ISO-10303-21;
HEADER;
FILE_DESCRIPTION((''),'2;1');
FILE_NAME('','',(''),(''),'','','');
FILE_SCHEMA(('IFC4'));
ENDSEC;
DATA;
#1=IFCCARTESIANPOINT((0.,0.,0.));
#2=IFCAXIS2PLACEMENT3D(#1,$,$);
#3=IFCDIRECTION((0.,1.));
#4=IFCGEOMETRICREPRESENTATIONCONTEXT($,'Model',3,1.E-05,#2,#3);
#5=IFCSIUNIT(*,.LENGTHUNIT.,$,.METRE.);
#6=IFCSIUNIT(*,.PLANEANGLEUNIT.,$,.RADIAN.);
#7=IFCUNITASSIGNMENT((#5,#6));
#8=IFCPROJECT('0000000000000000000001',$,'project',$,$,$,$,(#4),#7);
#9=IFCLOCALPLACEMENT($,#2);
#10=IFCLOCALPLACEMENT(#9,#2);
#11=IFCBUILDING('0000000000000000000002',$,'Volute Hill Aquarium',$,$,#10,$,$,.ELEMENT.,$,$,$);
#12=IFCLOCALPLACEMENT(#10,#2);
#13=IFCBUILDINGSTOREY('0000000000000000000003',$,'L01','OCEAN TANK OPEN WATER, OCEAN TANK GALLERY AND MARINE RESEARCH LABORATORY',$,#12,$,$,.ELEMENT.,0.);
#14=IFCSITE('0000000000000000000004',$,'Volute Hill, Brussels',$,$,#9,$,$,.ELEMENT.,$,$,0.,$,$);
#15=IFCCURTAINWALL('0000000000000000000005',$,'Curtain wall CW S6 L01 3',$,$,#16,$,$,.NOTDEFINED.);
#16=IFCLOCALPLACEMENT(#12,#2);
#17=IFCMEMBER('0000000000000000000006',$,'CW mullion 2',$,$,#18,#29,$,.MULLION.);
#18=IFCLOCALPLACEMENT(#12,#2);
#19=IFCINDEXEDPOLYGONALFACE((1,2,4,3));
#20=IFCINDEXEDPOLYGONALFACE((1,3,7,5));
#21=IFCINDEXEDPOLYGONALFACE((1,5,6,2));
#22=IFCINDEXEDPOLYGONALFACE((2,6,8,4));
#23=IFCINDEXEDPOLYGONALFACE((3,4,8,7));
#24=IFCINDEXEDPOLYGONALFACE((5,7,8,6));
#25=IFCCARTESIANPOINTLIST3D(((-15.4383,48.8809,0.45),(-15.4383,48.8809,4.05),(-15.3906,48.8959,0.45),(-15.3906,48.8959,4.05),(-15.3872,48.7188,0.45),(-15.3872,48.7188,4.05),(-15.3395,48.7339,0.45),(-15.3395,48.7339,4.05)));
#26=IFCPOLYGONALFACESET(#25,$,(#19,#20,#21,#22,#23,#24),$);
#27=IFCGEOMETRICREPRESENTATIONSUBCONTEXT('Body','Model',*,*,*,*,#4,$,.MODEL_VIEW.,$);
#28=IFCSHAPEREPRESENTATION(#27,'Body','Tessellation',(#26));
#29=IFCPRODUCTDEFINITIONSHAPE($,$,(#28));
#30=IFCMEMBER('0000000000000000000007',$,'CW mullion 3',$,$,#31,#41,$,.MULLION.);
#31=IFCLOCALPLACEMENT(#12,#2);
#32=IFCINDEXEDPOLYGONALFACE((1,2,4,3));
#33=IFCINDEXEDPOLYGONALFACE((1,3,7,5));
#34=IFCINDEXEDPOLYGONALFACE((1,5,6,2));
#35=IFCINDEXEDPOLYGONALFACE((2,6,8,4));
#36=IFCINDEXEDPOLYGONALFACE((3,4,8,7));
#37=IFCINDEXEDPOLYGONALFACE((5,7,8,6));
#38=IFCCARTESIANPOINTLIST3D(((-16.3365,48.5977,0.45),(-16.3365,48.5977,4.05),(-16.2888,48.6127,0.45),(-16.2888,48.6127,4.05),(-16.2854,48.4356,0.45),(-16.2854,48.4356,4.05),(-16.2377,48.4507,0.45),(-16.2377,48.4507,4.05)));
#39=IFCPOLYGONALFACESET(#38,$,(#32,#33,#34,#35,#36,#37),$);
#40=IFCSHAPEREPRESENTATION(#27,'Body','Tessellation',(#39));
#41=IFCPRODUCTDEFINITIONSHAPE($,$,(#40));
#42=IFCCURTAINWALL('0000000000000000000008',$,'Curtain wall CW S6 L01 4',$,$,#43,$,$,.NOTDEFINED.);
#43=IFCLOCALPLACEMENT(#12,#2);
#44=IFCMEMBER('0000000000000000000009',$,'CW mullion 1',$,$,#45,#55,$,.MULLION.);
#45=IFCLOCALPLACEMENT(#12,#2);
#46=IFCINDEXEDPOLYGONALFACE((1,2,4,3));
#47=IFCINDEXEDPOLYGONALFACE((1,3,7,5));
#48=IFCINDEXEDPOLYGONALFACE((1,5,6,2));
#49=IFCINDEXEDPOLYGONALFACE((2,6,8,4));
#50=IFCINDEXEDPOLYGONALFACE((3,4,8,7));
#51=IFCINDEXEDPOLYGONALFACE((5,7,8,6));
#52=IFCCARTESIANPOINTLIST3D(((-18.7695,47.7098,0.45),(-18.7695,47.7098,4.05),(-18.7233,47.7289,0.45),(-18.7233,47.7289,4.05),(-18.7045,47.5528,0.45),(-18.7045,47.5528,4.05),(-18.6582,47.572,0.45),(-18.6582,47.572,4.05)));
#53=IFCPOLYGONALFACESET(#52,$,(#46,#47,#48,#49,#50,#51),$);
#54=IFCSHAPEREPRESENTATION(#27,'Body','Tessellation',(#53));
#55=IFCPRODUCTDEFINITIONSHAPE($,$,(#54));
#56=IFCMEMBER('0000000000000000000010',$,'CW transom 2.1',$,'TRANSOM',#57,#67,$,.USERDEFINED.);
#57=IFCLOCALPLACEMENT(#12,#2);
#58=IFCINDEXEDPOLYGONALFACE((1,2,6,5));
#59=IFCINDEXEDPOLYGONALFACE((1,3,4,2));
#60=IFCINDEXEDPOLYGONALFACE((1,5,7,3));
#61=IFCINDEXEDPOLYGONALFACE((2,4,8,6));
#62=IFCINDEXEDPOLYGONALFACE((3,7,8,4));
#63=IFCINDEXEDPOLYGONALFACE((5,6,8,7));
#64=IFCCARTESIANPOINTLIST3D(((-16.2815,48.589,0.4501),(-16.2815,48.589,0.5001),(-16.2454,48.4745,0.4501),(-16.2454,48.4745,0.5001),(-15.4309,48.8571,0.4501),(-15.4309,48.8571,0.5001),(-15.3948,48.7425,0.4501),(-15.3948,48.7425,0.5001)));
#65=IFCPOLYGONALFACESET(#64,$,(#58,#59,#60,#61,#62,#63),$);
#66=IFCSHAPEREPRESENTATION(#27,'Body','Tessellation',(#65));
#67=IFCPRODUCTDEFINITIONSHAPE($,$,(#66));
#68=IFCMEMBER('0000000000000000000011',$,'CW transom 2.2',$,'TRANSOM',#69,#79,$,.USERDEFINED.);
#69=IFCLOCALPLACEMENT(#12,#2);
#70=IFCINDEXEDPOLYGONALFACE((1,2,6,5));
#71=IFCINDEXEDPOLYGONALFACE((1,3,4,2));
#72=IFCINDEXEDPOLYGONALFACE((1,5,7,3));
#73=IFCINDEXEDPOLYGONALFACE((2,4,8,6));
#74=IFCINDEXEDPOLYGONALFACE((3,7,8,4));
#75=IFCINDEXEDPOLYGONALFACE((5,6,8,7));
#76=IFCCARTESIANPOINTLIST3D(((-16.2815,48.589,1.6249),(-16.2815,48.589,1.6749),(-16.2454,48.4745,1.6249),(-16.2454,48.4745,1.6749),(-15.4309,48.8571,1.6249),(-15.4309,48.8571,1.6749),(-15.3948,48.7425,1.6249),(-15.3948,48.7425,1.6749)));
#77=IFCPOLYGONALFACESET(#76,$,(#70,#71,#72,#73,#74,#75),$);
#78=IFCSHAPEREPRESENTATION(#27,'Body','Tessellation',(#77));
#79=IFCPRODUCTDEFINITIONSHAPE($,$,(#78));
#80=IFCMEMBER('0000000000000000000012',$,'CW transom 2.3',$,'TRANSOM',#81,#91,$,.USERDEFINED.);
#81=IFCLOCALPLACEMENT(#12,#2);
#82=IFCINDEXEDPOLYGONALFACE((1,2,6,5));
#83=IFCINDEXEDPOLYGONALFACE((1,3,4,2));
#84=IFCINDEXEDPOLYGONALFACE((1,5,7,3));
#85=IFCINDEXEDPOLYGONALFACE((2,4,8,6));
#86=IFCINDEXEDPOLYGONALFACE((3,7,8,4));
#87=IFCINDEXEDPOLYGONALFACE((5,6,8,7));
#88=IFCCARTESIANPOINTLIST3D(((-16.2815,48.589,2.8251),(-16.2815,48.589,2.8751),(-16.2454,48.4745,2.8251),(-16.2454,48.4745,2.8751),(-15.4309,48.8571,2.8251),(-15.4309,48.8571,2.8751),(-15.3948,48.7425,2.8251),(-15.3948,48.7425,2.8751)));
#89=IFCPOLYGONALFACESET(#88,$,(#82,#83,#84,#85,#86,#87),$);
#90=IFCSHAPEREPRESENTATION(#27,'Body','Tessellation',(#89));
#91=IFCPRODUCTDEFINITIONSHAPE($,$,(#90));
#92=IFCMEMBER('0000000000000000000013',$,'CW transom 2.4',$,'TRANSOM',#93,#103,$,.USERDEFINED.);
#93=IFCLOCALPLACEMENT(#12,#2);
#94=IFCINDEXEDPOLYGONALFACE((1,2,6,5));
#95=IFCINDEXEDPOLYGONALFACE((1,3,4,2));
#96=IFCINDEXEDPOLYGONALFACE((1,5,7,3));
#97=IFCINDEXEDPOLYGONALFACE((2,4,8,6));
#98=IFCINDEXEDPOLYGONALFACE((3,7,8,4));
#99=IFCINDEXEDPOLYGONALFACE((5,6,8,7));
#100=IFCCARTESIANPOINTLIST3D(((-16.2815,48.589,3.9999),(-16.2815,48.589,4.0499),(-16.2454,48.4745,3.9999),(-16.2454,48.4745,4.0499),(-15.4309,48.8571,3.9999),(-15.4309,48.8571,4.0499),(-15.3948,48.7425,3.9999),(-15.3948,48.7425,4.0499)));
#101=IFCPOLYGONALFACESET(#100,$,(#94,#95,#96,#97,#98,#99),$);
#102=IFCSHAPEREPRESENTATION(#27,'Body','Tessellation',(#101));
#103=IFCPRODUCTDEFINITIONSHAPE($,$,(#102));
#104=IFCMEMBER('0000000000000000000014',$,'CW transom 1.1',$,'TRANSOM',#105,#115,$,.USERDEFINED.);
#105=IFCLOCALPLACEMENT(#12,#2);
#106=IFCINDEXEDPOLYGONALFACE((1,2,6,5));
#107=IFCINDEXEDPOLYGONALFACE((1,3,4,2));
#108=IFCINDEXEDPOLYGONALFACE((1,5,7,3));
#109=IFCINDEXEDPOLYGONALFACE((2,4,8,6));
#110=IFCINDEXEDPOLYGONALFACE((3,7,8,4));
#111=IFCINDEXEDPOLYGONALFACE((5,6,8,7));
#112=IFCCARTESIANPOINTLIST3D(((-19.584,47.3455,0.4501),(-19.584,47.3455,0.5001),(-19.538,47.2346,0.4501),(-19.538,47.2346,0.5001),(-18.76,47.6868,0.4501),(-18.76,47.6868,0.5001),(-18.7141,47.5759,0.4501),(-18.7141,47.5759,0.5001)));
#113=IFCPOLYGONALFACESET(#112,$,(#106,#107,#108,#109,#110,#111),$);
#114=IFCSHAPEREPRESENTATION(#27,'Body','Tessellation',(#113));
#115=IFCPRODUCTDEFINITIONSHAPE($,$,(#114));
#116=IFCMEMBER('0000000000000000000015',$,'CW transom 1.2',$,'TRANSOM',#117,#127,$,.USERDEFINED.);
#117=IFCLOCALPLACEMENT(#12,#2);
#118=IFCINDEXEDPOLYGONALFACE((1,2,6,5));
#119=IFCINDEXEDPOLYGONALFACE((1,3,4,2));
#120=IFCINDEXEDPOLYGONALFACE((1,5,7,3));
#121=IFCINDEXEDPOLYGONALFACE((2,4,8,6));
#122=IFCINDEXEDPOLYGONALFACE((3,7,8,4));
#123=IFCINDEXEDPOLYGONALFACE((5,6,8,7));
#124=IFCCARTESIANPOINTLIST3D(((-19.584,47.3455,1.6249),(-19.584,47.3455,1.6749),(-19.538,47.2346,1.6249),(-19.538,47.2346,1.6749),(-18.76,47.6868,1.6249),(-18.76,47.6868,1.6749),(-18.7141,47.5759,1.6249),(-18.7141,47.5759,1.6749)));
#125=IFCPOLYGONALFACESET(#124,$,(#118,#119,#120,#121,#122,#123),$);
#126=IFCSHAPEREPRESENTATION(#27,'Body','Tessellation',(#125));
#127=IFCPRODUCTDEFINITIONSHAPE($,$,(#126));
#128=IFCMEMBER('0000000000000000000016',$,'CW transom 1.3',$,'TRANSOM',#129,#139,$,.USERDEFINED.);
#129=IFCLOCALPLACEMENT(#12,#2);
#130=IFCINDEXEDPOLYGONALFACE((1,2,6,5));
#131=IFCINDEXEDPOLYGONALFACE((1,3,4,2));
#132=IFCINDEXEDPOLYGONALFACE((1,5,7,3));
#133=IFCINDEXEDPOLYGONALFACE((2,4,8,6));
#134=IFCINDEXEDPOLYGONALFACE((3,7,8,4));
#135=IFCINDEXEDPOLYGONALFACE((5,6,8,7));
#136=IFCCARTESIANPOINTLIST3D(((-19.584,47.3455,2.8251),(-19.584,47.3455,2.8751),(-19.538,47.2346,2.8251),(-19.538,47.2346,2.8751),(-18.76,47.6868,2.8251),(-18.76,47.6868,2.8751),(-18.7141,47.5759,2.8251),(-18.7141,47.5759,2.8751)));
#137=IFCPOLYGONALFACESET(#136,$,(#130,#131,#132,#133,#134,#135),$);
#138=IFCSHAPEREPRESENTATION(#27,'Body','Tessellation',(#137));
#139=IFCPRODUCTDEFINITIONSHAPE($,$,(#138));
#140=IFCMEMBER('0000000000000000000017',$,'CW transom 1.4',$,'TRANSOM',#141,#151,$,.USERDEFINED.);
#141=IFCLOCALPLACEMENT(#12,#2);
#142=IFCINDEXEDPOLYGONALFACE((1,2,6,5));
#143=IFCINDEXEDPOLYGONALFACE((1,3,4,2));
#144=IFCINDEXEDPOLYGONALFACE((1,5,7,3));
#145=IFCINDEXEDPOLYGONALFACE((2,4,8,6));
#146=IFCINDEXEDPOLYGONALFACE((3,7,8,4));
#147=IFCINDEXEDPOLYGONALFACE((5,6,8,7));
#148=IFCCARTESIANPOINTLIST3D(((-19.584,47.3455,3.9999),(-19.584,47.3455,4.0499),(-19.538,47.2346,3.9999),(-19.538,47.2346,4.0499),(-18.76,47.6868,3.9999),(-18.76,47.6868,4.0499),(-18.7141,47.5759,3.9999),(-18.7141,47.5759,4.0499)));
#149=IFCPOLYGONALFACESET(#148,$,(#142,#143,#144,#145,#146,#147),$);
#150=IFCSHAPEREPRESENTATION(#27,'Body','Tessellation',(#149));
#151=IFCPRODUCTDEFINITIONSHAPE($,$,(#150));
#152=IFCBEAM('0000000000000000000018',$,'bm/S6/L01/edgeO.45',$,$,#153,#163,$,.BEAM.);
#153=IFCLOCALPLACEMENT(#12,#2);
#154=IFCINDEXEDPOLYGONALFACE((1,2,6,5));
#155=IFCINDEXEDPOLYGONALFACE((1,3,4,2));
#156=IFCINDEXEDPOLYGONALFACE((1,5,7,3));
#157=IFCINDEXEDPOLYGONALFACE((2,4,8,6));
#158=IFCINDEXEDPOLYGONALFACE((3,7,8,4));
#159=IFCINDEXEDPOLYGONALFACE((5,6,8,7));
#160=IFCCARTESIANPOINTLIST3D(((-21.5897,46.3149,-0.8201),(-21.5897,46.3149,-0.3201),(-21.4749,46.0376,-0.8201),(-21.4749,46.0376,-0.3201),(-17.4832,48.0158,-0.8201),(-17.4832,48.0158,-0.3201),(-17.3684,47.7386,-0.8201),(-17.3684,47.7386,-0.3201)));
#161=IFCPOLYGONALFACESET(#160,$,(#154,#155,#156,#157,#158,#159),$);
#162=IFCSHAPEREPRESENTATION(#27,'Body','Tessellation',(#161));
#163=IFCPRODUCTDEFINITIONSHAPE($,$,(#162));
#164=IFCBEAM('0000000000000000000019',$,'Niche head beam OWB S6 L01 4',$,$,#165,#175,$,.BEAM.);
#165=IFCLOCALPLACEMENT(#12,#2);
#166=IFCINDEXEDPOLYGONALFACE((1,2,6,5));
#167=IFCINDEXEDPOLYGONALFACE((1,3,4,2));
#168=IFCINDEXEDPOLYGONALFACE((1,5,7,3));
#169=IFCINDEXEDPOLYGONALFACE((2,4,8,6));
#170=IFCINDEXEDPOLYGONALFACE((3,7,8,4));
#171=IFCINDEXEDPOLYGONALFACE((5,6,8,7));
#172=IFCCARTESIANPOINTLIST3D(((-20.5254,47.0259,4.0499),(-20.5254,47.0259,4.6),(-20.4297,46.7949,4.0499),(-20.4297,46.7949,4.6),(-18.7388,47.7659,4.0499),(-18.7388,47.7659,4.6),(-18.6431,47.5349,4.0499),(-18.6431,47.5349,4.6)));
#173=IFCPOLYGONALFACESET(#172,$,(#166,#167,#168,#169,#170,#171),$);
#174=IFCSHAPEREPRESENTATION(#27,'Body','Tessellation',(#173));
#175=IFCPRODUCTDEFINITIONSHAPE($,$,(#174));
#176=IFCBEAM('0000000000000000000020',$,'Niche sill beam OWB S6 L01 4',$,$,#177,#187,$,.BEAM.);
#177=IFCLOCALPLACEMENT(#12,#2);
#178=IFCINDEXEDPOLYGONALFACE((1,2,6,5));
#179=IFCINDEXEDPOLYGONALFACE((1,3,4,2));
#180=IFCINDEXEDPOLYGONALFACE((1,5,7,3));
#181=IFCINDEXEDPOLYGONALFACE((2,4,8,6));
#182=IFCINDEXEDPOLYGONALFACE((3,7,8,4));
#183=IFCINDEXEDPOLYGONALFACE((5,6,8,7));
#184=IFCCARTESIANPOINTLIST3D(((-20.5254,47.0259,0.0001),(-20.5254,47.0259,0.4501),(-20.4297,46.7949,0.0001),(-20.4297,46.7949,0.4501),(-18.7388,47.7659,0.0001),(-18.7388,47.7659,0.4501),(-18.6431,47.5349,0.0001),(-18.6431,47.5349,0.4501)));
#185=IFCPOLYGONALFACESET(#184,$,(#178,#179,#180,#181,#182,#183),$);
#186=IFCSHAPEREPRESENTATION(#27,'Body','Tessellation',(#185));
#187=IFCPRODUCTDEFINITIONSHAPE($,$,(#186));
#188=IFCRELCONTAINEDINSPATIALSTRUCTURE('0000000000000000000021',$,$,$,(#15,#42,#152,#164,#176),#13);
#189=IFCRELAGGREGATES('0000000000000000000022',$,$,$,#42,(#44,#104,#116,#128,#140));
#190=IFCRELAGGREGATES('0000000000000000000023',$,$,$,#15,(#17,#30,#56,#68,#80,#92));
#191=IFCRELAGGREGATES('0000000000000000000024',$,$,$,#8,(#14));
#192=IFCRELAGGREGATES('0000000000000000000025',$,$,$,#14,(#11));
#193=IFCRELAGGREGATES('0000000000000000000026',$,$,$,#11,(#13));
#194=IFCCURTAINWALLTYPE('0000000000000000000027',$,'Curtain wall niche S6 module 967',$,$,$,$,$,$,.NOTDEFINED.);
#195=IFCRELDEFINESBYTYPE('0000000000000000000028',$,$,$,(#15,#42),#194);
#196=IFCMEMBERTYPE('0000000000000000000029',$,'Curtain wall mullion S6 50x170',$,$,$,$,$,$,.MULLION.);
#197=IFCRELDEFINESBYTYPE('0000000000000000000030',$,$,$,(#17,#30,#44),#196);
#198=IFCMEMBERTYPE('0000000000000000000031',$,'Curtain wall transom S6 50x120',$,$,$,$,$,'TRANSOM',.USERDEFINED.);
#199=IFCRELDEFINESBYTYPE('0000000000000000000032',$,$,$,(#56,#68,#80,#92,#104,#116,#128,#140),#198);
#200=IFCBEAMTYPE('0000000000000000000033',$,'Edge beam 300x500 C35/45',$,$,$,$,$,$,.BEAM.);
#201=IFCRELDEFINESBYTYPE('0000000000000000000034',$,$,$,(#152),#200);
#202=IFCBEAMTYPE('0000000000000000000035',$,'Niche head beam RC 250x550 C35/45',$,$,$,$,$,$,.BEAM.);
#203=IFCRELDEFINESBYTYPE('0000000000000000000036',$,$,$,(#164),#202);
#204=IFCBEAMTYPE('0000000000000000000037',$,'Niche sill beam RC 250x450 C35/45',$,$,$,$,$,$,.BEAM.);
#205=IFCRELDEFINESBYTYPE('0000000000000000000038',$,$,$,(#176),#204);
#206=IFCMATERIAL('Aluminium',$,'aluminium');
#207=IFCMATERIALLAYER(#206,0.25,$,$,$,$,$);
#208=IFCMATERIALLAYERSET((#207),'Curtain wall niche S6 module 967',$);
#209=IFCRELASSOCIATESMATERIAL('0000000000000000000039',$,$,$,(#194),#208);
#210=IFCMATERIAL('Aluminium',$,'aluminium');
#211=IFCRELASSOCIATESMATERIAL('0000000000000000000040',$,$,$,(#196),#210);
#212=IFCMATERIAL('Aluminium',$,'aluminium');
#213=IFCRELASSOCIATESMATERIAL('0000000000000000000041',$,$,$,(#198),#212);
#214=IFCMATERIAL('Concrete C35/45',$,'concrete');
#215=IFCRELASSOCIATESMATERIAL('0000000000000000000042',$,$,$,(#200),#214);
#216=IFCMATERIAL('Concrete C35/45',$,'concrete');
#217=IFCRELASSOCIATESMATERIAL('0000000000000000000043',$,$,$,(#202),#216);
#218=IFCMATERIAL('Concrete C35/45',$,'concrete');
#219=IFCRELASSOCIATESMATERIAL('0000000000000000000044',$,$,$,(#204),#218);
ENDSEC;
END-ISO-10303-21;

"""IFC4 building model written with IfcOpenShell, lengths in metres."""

from ifc_helpers import new_model, si_unit, direction, frame, origin, origin_2d, place, context, subcontext, project, spatial, rectangle, extrude, material, layer, layer_set, material_profile, profile_set, type_object, element, aggregate, save


model = new_model("IFC4")

# Units and contexts
model_context = context("Model", 3, precision=1e-05, world=origin(), true_north=direction((0.0, 1.0)))
body_context = subcontext(model_context, "Body", "Model", "MODEL_VIEW")
ifc_project = project(units=[si_unit("LENGTHUNIT", "METRE"), si_unit("PLANEANGLEUNIT", "RADIAN")], contexts=[model_context])

# Site, building, storey
site_placement = place(None, origin())
site = spatial("IfcSite", under=ifc_project, at=site_placement, Name="Volute Hill, Brussels", CompositionType="ELEMENT", RefElevation=0.0)
building_placement = place(site_placement, origin())
building = spatial("IfcBuilding", under=site, at=building_placement, Name="Volute Hill Aquarium", CompositionType="ELEMENT")
storey_placement = place(building_placement, origin())
storey = spatial("IfcBuildingStorey", under=building, at=storey_placement, Name="L01", Description="OCEAN TANK OPEN WATER, OCEAN TANK GALLERY AND MARINE RESEARCH LABORATORY", CompositionType="ELEMENT", Elevation=0.0)

# Curtain wall, members
ifc_material_1 = material(Name="Aluminium", Category="aluminium")
ifc_layer_1 = layer(ifc_material_1, 0.25)
ifc_layer_set_1 = layer_set([ifc_layer_1], Name="Curtain wall niche S6 module 967")
curtain_wall_type = type_object("IfcCurtainWallType", Name="Curtain wall niche S6 module 967", PredefinedType="NOTDEFINED", material=ifc_layer_set_1)
curtain_wall_1_placement = place(storey_placement, origin())
curtain_wall_1 = element("IfcCurtainWall", 1, at=curtain_wall_1_placement, inside=storey, type_object=curtain_wall_type, Name="Curtain wall CW S6 L01 3", PredefinedType="NOTDEFINED")
ifc_material_2 = material(Name="Aluminium", Category="aluminium")
ifc_material_profile_1 = material_profile(ifc_material_2, rectangle(XDim=0.1699, YDim=0.05, at=origin_2d()), Name="Curtain wall mullion S6 50x170")
ifc_profile_set_1 = profile_set([ifc_material_profile_1], Name="Aluminium")
member_type_1 = type_object("IfcMemberType", Name="Curtain wall mullion S6 50x170", PredefinedType="MULLION", material=ifc_profile_set_1)
member_1_placement = place(storey_placement, frame((-15.3889, 48.8074, 0.45), z_axis=(0.0, 0.0, 1.0), x_axis=(0.300706, -0.953717, 0.0)))
member_1 = element("IfcMember", 2, at=member_1_placement, type_object=member_type_1, Name="CW mullion 2", PredefinedType="MULLION", context=body_context, shape_type="SweptSolid", body=[
    extrude(rectangle(XDim=0.1699, YDim=0.05, at=origin_2d()), origin(), (0.0, 0.0, 1.0), 3.6001),
])
member_2_placement = place(storey_placement, frame((-16.2871, 48.5242, 0.45), z_axis=(0.0, 0.0, 1.0), x_axis=(0.300706, -0.953717, 0.0)))
member_2 = element("IfcMember", 3, at=member_2_placement, type_object=member_type_1, Name="CW mullion 3", PredefinedType="MULLION", context=body_context, shape_type="SweptSolid", body=[
    extrude(rectangle(XDim=0.1699, YDim=0.05, at=origin_2d()), origin(), (0.0, 0.0, 1.0), 3.6001),
])

# Curtain wall, member
curtain_wall_2_placement = place(storey_placement, origin())
curtain_wall_2 = element("IfcCurtainWall", 4, at=curtain_wall_2_placement, inside=storey, type_object=curtain_wall_type, Name="Curtain wall CW S6 L01 4", PredefinedType="NOTDEFINED")
member_3_placement = place(storey_placement, frame((-18.7139, 47.6409, 0.45), z_axis=(0.0, 0.0, 1.0), x_axis=(0.38268, -0.923881, 0.0)))
member_3 = element("IfcMember", 5, at=member_3_placement, type_object=member_type_1, Name="CW mullion 1", PredefinedType="MULLION", context=body_context, shape_type="SweptSolid", body=[
    extrude(rectangle(XDim=0.1699, YDim=0.05, at=origin_2d()), origin(), (0.0, 0.0, 1.0), 3.6001),
])

# Members
ifc_material_3 = material(Name="Aluminium", Category="aluminium")
ifc_material_profile_2 = material_profile(ifc_material_3, rectangle(XDim=0.1201, YDim=0.05, at=origin_2d()), Name="Curtain wall transom S6 50x120")
ifc_profile_set_2 = profile_set([ifc_material_profile_2], Name="Aluminium")
member_type_2 = type_object("IfcMemberType", Name="Curtain wall transom S6 50x120", ElementType="TRANSOM", PredefinedType="USERDEFINED", material=ifc_profile_set_2)
member_4_placement = place(storey_placement, frame((-15.4128, 48.7998, 0.4751), z_axis=(-0.953756, -0.300581, 0.0), x_axis=(0.300581, -0.953756, 0.0)))
member_4 = element("IfcMember", 6, at=member_4_placement, type_object=member_type_2, Name="CW transom 2.1", ObjectType="TRANSOM", PredefinedType="USERDEFINED", context=body_context, shape_type="SweptSolid", body=[
    extrude(rectangle(XDim=0.1201, YDim=0.05, at=origin_2d()), origin(), (0.0, 0.0, 1.0), 0.8918),
])
member_5_placement = place(storey_placement, frame((-15.4128, 48.7998, 1.6499), z_axis=(-0.953756, -0.300581, 0.0), x_axis=(0.300581, -0.953756, 0.0)))
member_5 = element("IfcMember", 7, at=member_5_placement, type_object=member_type_2, Name="CW transom 2.2", ObjectType="TRANSOM", PredefinedType="USERDEFINED", context=body_context, shape_type="SweptSolid", body=[
    extrude(rectangle(XDim=0.1201, YDim=0.05, at=origin_2d()), origin(), (0.0, 0.0, 1.0), 0.8918),
])
member_6_placement = place(storey_placement, frame((-15.4128, 48.7998, 2.8501), z_axis=(-0.953756, -0.300581, 0.0), x_axis=(0.300581, -0.953756, 0.0)))
member_6 = element("IfcMember", 8, at=member_6_placement, type_object=member_type_2, Name="CW transom 2.3", ObjectType="TRANSOM", PredefinedType="USERDEFINED", context=body_context, shape_type="SweptSolid", body=[
    extrude(rectangle(XDim=0.1201, YDim=0.05, at=origin_2d()), origin(), (0.0, 0.0, 1.0), 0.8918),
])
member_7_placement = place(storey_placement, frame((-15.4128, 48.7998, 4.0249), z_axis=(-0.953756, -0.300581, 0.0), x_axis=(0.300581, -0.953756, 0.0)))
member_7 = element("IfcMember", 9, at=member_7_placement, type_object=member_type_2, Name="CW transom 2.4", ObjectType="TRANSOM", PredefinedType="USERDEFINED", context=body_context, shape_type="SweptSolid", body=[
    extrude(rectangle(XDim=0.1201, YDim=0.05, at=origin_2d()), origin(), (0.0, 0.0, 1.0), 0.8918),
])
member_8_placement = place(storey_placement, frame((-18.7371, 47.6313, 0.4751), z_axis=(-0.923877, -0.38269, 0.0), x_axis=(0.38269, -0.923877, 0.0)))
member_8 = element("IfcMember", 10, at=member_8_placement, type_object=member_type_2, Name="CW transom 1.1", ObjectType="TRANSOM", PredefinedType="USERDEFINED", context=body_context, shape_type="SweptSolid", body=[
    extrude(rectangle(XDim=0.1201, YDim=0.05, at=origin_2d()), origin(), (0.0, 0.0, 1.0), 0.8918),
])
member_9_placement = place(storey_placement, frame((-18.7371, 47.6313, 1.6499), z_axis=(-0.923877, -0.38269, 0.0), x_axis=(0.38269, -0.923877, 0.0)))
member_9 = element("IfcMember", 11, at=member_9_placement, type_object=member_type_2, Name="CW transom 1.2", ObjectType="TRANSOM", PredefinedType="USERDEFINED", context=body_context, shape_type="SweptSolid", body=[
    extrude(rectangle(XDim=0.1201, YDim=0.05, at=origin_2d()), origin(), (0.0, 0.0, 1.0), 0.8918),
])
member_10_placement = place(storey_placement, frame((-18.7371, 47.6313, 2.8501), z_axis=(-0.923877, -0.38269, 0.0), x_axis=(0.38269, -0.923877, 0.0)))
member_10 = element("IfcMember", 12, at=member_10_placement, type_object=member_type_2, Name="CW transom 1.3", ObjectType="TRANSOM", PredefinedType="USERDEFINED", context=body_context, shape_type="SweptSolid", body=[
    extrude(rectangle(XDim=0.1201, YDim=0.05, at=origin_2d()), origin(), (0.0, 0.0, 1.0), 0.8918),
])
member_11_placement = place(storey_placement, frame((-18.7371, 47.6313, 4.0249), z_axis=(-0.923877, -0.38269, 0.0), x_axis=(0.38269, -0.923877, 0.0)))
member_11 = element("IfcMember", 13, at=member_11_placement, type_object=member_type_2, Name="CW transom 1.4", ObjectType="TRANSOM", PredefinedType="USERDEFINED", context=body_context, shape_type="SweptSolid", body=[
    extrude(rectangle(XDim=0.1201, YDim=0.05, at=origin_2d()), origin(), (0.0, 0.0, 1.0), 0.8918),
])
aggregate(curtain_wall_2, [member_3, member_8, member_9, member_10, member_11])

# Beams
ifc_material_4 = material(Name="Concrete C35/45", Category="concrete")
ifc_material_profile_3 = material_profile(ifc_material_4, rectangle(XDim=0.3, YDim=0.5, at=origin_2d()), Name="RC edge beam 300x500")
ifc_profile_set_3 = profile_set([ifc_material_profile_3], Name="Concrete C35/45")
beam_type_1 = type_object("IfcBeamType", Name="Edge beam 300x500 C35/45", PredefinedType="BEAM", material=ifc_profile_set_3)
beam_1_placement = place(storey_placement, frame((-17.4258, 47.8772, -0.5701), z_axis=(-0.923881, -0.38268, 0.0), x_axis=(0.38268, -0.923881, 0.0)))
element("IfcBeam", 14, at=beam_1_placement, inside=storey, type_object=beam_type_1, Name="bm/S6/L01/edgeO.45", PredefinedType="BEAM", context=body_context, shape_type="SweptSolid", body=[
    extrude(rectangle(XDim=0.3, YDim=0.5, at=origin_2d()), origin(), (0.0, 0.0, 1.0), 4.4448),
])
ifc_material_5 = material(Name="Concrete C35/45", Category="concrete")
ifc_material_profile_4 = material_profile(ifc_material_5, rectangle(XDim=0.25, YDim=0.55, at=origin_2d()), Name="RC beam 250x550")
ifc_profile_set_4 = profile_set([ifc_material_profile_4], Name="Concrete C35/45")
beam_type_2 = type_object("IfcBeamType", Name="Niche head beam RC 250x550 C35/45", PredefinedType="BEAM", material=ifc_profile_set_4)
beam_2_placement = place(storey_placement, frame((-18.6909, 47.6504, 4.325), z_axis=(-0.923889, -0.38266, 0.0), x_axis=(0.38266, -0.923889, 0.0)))
element("IfcBeam", 15, at=beam_2_placement, inside=storey, type_object=beam_type_2, Name="Niche head beam OWB S6 L01 4", PredefinedType="BEAM", context=body_context, shape_type="SweptSolid", body=[
    extrude(rectangle(XDim=0.25, YDim=0.55, at=origin_2d()), origin(), (0.0, 0.0, 1.0), 1.9338),
])
ifc_material_6 = material(Name="Concrete C35/45", Category="concrete")
ifc_material_profile_5 = material_profile(ifc_material_6, rectangle(XDim=0.25, YDim=0.45, at=origin_2d()), Name="RC beam 250x450")
ifc_profile_set_5 = profile_set([ifc_material_profile_5], Name="Concrete C35/45")
beam_type_3 = type_object("IfcBeamType", Name="Niche sill beam RC 250x450 C35/45", PredefinedType="BEAM", material=ifc_profile_set_5)
beam_3_placement = place(storey_placement, frame((-18.6909, 47.6504, 0.2251), z_axis=(-0.923889, -0.38266, 0.0), x_axis=(0.38266, -0.923889, 0.0)))
element("IfcBeam", 16, at=beam_3_placement, inside=storey, type_object=beam_type_3, Name="Niche sill beam OWB S6 L01 4", PredefinedType="BEAM", context=body_context, shape_type="SweptSolid", body=[
    extrude(rectangle(XDim=0.25, YDim=0.45, at=origin_2d()), origin(), (0.0, 0.0, 1.0), 1.9338),
])

aggregate(curtain_wall_1, [member_1, member_2, member_4, member_5, member_6, member_7])

save(model, "model.ifc")
